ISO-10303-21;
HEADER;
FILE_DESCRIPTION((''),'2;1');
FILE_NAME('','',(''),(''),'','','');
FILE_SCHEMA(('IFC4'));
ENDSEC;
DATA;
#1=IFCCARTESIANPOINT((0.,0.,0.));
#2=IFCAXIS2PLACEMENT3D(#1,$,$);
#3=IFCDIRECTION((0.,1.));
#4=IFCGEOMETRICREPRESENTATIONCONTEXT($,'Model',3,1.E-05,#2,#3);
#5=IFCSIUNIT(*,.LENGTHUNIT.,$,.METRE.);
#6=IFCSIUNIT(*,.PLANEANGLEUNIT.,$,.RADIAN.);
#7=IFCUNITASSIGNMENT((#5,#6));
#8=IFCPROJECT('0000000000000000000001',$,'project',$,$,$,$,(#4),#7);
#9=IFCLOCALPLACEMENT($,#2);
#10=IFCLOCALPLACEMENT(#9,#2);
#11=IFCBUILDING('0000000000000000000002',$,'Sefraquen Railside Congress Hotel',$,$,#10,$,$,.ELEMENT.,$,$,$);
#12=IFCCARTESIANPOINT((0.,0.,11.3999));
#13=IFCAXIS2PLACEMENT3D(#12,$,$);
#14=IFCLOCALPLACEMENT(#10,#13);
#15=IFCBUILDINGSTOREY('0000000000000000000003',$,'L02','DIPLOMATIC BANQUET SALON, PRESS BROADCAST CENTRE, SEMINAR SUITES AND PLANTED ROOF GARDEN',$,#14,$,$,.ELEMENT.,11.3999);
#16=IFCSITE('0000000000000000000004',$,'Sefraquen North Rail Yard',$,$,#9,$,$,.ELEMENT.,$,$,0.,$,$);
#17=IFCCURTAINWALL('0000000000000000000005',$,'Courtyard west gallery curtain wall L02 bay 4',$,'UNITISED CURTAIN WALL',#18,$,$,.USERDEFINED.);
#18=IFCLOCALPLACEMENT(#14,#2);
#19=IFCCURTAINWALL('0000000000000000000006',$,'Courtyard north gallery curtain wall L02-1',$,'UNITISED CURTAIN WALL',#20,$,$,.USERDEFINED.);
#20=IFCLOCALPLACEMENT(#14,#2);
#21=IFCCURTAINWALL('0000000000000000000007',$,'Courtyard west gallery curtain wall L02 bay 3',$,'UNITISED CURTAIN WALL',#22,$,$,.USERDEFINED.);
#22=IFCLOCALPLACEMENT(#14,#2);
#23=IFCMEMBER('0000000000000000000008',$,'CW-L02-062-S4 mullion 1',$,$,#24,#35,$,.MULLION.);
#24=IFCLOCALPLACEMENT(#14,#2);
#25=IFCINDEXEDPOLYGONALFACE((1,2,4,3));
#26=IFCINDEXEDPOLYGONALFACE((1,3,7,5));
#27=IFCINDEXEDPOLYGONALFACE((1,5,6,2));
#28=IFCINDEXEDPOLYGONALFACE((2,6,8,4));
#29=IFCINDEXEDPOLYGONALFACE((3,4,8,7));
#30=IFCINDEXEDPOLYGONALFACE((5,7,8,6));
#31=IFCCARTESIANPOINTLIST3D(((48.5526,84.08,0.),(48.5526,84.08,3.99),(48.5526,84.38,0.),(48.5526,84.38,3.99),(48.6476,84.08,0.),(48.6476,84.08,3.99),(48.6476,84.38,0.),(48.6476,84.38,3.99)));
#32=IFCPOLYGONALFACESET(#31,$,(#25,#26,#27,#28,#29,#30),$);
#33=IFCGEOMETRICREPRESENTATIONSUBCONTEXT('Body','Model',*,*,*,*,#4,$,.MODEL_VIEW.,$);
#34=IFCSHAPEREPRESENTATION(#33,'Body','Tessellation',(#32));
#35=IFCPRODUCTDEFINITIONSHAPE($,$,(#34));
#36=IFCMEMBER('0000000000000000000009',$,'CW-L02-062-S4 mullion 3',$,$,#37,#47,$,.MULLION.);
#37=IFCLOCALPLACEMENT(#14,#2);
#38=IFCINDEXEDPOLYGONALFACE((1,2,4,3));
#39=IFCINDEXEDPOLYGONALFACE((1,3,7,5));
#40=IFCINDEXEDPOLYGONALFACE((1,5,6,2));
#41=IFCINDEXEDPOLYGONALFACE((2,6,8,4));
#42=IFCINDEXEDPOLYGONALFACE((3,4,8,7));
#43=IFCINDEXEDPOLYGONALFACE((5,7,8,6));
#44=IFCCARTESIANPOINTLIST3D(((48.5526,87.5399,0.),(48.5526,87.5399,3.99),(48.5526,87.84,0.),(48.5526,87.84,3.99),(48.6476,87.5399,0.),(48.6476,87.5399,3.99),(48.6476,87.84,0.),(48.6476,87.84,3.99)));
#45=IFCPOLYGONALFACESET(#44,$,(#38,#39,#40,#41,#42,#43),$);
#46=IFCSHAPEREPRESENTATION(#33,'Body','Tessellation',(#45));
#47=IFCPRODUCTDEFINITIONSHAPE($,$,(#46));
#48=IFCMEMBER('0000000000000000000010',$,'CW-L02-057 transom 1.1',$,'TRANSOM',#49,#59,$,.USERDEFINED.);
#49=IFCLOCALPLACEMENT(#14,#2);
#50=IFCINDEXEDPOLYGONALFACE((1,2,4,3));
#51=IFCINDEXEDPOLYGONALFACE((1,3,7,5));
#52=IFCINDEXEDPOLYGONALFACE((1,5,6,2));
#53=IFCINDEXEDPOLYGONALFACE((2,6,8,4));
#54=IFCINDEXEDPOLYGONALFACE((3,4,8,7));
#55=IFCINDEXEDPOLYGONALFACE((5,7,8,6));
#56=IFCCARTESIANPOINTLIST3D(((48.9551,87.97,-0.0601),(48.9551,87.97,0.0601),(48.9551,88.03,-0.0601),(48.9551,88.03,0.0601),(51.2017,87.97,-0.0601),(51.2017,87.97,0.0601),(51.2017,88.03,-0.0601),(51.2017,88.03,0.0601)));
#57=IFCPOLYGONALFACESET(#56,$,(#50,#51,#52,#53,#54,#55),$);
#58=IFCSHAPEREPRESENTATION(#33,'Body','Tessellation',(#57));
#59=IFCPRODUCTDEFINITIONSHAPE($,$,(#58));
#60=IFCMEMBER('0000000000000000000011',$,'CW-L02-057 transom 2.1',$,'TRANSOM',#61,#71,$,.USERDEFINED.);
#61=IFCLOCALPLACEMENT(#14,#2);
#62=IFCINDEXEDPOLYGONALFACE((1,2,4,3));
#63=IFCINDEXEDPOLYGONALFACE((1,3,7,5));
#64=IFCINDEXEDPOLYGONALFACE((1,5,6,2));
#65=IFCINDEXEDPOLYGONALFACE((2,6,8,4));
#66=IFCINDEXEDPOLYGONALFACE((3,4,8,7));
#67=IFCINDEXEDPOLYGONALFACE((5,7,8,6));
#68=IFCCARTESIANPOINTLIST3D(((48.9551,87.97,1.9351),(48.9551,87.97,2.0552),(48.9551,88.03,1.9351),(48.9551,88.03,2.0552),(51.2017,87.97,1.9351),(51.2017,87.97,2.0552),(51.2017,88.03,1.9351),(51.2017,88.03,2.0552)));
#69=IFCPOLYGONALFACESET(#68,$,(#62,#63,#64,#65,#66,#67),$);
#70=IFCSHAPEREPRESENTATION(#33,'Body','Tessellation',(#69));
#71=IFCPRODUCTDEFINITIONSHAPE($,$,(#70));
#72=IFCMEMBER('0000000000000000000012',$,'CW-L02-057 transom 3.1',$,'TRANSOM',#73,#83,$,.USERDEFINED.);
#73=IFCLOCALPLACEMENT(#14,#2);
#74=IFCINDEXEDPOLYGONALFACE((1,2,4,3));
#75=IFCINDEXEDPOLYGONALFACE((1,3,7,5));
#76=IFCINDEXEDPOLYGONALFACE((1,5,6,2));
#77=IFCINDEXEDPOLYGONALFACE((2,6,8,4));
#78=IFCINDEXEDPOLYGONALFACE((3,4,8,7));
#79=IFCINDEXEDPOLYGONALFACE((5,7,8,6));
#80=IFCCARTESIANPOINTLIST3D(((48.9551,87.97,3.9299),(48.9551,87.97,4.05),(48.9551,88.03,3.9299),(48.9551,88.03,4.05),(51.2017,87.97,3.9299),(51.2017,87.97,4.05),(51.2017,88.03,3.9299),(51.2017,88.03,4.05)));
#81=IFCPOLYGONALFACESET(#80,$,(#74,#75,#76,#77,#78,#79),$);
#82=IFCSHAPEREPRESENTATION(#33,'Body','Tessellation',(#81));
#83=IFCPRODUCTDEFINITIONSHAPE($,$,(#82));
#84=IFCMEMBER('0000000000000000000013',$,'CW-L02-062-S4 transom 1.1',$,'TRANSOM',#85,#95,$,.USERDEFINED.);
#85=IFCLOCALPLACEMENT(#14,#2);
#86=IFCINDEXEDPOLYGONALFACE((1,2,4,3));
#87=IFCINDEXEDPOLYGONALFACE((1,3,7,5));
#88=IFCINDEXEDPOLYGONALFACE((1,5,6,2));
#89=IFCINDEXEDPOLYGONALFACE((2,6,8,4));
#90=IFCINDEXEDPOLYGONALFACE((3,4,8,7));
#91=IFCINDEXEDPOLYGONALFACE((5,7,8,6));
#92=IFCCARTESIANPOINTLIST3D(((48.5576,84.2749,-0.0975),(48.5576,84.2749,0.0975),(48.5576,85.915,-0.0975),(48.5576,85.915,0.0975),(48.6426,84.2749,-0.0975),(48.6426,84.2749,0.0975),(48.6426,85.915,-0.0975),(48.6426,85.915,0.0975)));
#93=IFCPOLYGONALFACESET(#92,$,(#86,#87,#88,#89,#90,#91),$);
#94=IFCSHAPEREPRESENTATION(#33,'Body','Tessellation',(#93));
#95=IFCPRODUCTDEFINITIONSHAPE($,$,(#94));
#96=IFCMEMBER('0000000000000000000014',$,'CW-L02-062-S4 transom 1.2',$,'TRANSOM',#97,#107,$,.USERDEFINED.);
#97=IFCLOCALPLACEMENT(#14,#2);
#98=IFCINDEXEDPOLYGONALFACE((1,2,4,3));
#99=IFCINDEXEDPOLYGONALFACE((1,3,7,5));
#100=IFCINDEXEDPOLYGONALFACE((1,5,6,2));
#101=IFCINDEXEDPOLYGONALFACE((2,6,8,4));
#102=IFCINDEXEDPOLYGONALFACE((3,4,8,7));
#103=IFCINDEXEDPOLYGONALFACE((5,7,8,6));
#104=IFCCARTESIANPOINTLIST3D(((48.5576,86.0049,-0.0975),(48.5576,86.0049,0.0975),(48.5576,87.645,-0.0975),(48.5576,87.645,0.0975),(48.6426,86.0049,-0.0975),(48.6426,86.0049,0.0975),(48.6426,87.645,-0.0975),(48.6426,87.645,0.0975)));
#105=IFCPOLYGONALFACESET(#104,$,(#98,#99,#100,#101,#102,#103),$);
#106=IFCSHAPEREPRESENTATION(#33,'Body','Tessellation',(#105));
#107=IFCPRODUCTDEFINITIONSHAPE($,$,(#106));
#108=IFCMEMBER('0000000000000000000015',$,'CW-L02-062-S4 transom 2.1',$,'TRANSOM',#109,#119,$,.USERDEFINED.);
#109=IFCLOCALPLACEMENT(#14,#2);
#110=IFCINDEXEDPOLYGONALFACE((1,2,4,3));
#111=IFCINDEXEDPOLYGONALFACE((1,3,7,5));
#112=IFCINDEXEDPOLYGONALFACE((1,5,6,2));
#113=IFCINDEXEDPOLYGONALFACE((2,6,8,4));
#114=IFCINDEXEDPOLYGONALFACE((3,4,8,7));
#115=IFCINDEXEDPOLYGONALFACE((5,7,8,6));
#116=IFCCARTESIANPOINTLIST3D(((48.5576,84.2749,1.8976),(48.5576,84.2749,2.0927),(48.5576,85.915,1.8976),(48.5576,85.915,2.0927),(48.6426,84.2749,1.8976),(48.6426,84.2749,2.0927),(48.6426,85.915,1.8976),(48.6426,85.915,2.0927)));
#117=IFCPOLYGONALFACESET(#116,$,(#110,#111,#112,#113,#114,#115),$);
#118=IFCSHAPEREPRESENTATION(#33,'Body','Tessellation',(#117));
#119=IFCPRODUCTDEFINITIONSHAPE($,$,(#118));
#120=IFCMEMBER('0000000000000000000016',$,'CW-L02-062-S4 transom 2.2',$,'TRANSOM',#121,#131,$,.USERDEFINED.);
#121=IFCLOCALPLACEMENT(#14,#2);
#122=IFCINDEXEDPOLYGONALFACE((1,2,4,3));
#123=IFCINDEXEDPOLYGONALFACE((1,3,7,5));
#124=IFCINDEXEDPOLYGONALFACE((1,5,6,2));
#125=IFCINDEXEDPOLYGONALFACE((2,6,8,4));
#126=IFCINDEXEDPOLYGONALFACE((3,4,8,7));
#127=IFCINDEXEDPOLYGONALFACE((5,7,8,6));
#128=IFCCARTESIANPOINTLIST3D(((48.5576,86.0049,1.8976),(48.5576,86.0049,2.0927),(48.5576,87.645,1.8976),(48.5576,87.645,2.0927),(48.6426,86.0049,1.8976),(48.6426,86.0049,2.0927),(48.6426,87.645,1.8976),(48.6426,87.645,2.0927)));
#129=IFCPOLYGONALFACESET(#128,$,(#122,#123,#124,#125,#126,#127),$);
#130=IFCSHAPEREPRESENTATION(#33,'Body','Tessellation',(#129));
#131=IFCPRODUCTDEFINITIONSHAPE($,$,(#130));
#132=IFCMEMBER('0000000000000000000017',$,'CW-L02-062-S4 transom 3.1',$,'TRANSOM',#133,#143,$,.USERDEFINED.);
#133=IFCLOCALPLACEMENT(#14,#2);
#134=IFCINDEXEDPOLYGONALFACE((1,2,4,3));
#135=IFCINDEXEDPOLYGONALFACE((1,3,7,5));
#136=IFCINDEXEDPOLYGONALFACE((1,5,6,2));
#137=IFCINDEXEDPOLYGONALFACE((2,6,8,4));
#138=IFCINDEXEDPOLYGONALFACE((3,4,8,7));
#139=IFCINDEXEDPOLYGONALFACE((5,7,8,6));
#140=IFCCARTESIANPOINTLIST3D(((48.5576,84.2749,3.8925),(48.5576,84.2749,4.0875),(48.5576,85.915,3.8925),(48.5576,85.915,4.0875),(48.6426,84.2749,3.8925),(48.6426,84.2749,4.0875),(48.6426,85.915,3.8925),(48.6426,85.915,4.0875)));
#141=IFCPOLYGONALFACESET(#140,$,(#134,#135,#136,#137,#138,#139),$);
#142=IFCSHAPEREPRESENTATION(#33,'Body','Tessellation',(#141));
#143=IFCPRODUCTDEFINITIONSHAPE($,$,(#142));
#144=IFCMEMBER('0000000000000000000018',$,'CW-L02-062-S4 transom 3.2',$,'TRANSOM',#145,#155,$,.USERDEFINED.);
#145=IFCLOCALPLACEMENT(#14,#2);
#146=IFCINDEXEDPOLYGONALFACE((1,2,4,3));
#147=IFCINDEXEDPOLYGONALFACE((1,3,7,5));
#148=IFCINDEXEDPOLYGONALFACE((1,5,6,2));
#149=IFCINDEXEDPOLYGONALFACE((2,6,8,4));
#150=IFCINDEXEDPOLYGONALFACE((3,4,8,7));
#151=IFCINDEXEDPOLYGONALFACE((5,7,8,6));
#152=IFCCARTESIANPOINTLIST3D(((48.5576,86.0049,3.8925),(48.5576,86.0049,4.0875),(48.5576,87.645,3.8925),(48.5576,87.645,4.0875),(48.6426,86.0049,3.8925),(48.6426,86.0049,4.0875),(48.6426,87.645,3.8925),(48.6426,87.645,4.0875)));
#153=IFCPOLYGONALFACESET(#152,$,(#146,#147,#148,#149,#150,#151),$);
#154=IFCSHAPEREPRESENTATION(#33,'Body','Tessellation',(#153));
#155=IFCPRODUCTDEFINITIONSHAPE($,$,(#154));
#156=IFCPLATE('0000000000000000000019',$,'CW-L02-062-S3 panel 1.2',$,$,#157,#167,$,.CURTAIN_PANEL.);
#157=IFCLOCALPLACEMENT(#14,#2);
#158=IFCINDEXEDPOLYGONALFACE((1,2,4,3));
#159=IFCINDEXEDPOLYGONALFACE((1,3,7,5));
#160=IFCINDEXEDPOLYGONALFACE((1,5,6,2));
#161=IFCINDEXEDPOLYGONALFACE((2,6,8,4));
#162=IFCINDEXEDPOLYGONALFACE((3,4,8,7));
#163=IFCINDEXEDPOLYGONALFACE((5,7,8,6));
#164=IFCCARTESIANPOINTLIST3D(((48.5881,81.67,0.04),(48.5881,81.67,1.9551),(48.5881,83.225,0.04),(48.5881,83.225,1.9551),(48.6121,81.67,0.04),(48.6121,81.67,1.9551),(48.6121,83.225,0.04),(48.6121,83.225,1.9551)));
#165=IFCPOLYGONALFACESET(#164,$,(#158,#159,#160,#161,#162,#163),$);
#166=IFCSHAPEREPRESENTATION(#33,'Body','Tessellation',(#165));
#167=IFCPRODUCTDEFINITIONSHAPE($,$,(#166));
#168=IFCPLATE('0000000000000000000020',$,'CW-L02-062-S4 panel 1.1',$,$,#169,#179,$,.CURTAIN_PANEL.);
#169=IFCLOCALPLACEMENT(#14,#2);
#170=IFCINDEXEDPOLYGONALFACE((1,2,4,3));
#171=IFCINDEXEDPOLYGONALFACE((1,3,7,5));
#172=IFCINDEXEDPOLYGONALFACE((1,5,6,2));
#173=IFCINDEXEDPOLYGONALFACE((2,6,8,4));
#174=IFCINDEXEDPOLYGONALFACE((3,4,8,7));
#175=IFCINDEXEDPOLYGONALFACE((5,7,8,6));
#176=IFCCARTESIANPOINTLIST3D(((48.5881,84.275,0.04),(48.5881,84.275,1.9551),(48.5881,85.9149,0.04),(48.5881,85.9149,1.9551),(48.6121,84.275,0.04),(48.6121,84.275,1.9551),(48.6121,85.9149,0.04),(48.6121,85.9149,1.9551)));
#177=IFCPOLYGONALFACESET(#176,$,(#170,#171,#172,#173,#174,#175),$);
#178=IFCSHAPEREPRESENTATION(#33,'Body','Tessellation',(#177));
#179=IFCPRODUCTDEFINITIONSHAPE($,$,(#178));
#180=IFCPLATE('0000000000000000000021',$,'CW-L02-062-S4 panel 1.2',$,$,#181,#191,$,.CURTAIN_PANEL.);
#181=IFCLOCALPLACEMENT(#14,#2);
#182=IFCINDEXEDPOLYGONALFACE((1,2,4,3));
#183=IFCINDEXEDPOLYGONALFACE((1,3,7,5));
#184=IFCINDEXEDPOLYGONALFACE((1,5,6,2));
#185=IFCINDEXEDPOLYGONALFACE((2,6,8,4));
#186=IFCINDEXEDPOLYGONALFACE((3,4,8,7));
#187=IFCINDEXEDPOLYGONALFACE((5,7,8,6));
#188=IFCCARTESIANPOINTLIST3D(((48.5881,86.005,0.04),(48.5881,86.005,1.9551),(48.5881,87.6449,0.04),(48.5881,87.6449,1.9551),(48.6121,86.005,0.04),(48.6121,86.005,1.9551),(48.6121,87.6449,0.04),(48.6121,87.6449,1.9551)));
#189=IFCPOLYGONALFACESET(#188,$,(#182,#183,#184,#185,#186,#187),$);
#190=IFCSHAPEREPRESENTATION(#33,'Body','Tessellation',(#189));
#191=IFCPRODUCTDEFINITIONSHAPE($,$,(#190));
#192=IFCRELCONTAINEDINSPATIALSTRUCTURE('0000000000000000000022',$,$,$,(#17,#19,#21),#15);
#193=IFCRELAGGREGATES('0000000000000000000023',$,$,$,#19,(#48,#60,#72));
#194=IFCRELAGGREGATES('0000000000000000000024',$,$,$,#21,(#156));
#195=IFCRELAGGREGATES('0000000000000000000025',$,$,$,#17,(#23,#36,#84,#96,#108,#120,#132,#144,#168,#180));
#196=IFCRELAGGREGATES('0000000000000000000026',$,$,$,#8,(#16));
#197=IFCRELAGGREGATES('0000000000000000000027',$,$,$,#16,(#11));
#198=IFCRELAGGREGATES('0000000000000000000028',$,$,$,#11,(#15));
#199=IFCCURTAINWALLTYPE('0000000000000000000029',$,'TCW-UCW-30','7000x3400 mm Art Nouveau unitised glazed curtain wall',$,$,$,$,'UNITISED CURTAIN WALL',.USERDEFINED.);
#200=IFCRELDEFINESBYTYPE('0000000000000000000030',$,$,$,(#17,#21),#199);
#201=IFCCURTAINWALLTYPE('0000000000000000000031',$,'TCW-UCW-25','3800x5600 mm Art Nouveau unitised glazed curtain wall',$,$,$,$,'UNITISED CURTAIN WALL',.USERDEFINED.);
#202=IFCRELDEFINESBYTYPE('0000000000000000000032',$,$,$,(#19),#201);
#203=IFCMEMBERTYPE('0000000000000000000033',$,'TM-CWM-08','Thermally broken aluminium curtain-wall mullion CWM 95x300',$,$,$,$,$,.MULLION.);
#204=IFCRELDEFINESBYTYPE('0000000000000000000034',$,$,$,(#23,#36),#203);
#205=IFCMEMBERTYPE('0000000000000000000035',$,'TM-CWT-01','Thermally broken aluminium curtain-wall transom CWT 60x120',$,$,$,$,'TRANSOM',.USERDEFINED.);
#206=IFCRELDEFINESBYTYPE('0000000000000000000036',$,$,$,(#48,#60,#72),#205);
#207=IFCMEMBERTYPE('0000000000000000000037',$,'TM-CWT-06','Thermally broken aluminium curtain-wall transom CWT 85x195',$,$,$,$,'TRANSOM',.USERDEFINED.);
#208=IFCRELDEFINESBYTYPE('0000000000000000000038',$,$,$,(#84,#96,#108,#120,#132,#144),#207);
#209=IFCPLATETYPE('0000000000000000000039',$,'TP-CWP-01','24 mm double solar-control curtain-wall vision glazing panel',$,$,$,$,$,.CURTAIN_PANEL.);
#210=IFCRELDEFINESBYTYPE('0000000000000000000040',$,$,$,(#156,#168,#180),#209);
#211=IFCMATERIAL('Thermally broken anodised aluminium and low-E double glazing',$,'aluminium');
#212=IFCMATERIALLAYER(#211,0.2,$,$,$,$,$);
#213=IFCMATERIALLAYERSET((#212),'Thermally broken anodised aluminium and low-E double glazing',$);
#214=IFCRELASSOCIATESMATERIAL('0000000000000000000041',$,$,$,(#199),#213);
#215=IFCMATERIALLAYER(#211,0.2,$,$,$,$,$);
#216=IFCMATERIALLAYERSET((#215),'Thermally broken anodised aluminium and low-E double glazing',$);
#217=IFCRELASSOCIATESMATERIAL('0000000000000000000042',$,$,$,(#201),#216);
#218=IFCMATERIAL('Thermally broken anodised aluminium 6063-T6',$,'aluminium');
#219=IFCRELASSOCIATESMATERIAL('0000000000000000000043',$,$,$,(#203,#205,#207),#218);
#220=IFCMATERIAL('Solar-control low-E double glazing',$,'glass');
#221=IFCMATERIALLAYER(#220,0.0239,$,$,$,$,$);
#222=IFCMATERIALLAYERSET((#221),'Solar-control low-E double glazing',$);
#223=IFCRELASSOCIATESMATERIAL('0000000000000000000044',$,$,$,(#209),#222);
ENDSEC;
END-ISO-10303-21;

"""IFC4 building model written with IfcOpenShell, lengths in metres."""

from ifc_helpers import new_model, si_unit, direction, frame, origin, origin_2d, place, context, subcontext, project, spatial, rectangle, extrude, material, layer, layer_set, material_profile, profile_set, type_object, element, aggregate, save


model = new_model("IFC4")

# Units and contexts
model_context = context("Model", 3, precision=1e-05, world=origin(), true_north=direction((0.0, 1.0)))
body_context = subcontext(model_context, "Body", "Model", "MODEL_VIEW")
ifc_project = project(units=[si_unit("LENGTHUNIT", "METRE"), si_unit("PLANEANGLEUNIT", "RADIAN")], contexts=[model_context])

# Site, building, storey
site_placement = place(None, origin())
site = spatial("IfcSite", under=ifc_project, at=site_placement, Name="Sefraquen North Rail Yard", CompositionType="ELEMENT", RefElevation=0.0)
building_placement = place(site_placement, origin())
building = spatial("IfcBuilding", under=site, at=building_placement, Name="Sefraquen Railside Congress Hotel", CompositionType="ELEMENT")
storey_placement = place(building_placement, frame((0.0, 0.0, 11.3999)))
storey = spatial("IfcBuildingStorey", under=building, at=storey_placement, Name="L02", Description="DIPLOMATIC BANQUET SALON, PRESS BROADCAST CENTRE, SEMINAR SUITES AND PLANTED ROOF GARDEN", CompositionType="ELEMENT", Elevation=11.3999)

# Curtain walls
ifc_material_1 = material(Name="Thermally broken anodised aluminium and low-E double glazing", Category="aluminium")
ifc_layer_1 = layer(ifc_material_1, 0.2)
ifc_layer_set_1 = layer_set([ifc_layer_1], Name="Thermally broken anodised aluminium and low-E double glazing")
curtain_wall_type_1 = type_object("IfcCurtainWallType", Name="TCW-UCW-30", Description="7000x3400 mm Art Nouveau unitised glazed curtain wall", ElementType="UNITISED CURTAIN WALL", PredefinedType="USERDEFINED", material=ifc_layer_set_1)
curtain_wall_1_placement = place(storey_placement, origin())
curtain_wall_1 = element("IfcCurtainWall", 1, at=curtain_wall_1_placement, inside=storey, type_object=curtain_wall_type_1, Name="Courtyard west gallery curtain wall L02 bay 4", ObjectType="UNITISED CURTAIN WALL", PredefinedType="USERDEFINED")
ifc_material_2 = material(Name="Thermally broken anodised aluminium 6063-T6", Category="aluminium")
ifc_layer_2 = layer(ifc_material_1, 0.2)
ifc_layer_set_2 = layer_set([ifc_layer_2], Name="Thermally broken anodised aluminium and low-E double glazing")
curtain_wall_type_2 = type_object("IfcCurtainWallType", Name="TCW-UCW-25", Description="3800x5600 mm Art Nouveau unitised glazed curtain wall", ElementType="UNITISED CURTAIN WALL", PredefinedType="USERDEFINED", material=ifc_layer_set_2)
curtain_wall_2_placement = place(storey_placement, origin())
curtain_wall_2 = element("IfcCurtainWall", 2, at=curtain_wall_2_placement, inside=storey, type_object=curtain_wall_type_2, Name="Courtyard north gallery curtain wall L02-1", ObjectType="UNITISED CURTAIN WALL", PredefinedType="USERDEFINED")
ifc_material_profile_1 = material_profile(ifc_material_2, rectangle(XDim=0.095, YDim=0.3, at=origin_2d()), Name="CWM 95x300")
ifc_profile_set_1 = profile_set([ifc_material_profile_1], Name="Thermally broken anodised aluminium 6063-T6")
member_type_1 = type_object("IfcMemberType", Name="TM-CWM-08", Description="Thermally broken aluminium curtain-wall mullion CWM 95x300", PredefinedType="MULLION", material=ifc_profile_set_1)
curtain_wall_3_placement = place(storey_placement, origin())
curtain_wall_3 = element("IfcCurtainWall", 3, at=curtain_wall_3_placement, inside=storey, type_object=curtain_wall_type_1, Name="Courtyard west gallery curtain wall L02 bay 3", ObjectType="UNITISED CURTAIN WALL", PredefinedType="USERDEFINED")

# Members
member_1_placement = place(storey_placement, frame((48.6001, 84.23, 0.0), z_axis=(0.0, 0.0, 1.0), x_axis=(1.0, 0.0, 0.0)))
member_1 = element("IfcMember", 4, at=member_1_placement, type_object=member_type_1, Name="CW-L02-062-S4 mullion 1", PredefinedType="MULLION", context=body_context, shape_type="SweptSolid", body=[
    extrude(rectangle(XDim=0.095, YDim=0.3, at=origin_2d()), origin(), (0.0, 0.0, 1.0), 3.99),
])
member_2_placement = place(storey_placement, frame((48.6001, 87.6899, 0.0), z_axis=(0.0, 0.0, 1.0), x_axis=(1.0, 0.0, 0.0)))
member_2 = element("IfcMember", 5, at=member_2_placement, type_object=member_type_1, Name="CW-L02-062-S4 mullion 3", PredefinedType="MULLION", context=body_context, shape_type="SweptSolid", body=[
    extrude(rectangle(XDim=0.095, YDim=0.3, at=origin_2d()), origin(), (0.0, 0.0, 1.0), 3.99),
])
ifc_material_profile_2 = material_profile(ifc_material_2, rectangle(XDim=0.0601, YDim=0.1201, at=origin_2d()), Name="CWT 60x120")
ifc_profile_set_2 = profile_set([ifc_material_profile_2], Name="Thermally broken anodised aluminium 6063-T6")
member_type_2 = type_object("IfcMemberType", Name="TM-CWT-01", Description="Thermally broken aluminium curtain-wall transom CWT 60x120", ElementType="TRANSOM", PredefinedType="USERDEFINED", material=ifc_profile_set_2)
member_3_placement = place(storey_placement, frame((48.9551, 88.0, 0.0), z_axis=(1.0, 0.0, 0.0), x_axis=(0.0, 1.0, 0.0)))
member_3 = element("IfcMember", 6, at=member_3_placement, type_object=member_type_2, Name="CW-L02-057 transom 1.1", ObjectType="TRANSOM", PredefinedType="USERDEFINED", context=body_context, shape_type="SweptSolid", body=[
    extrude(rectangle(XDim=0.0601, YDim=0.1201, at=origin_2d()), origin(), (0.0, 0.0, 1.0), 2.2466),
])
member_4_placement = place(storey_placement, frame((48.9551, 88.0, 1.9951), z_axis=(1.0, 0.0, 0.0), x_axis=(0.0, 1.0, 0.0)))
member_4 = element("IfcMember", 7, at=member_4_placement, type_object=member_type_2, Name="CW-L02-057 transom 2.1", ObjectType="TRANSOM", PredefinedType="USERDEFINED", context=body_context, shape_type="SweptSolid", body=[
    extrude(rectangle(XDim=0.0601, YDim=0.1201, at=origin_2d()), origin(), (0.0, 0.0, 1.0), 2.2466),
])
member_5_placement = place(storey_placement, frame((48.9551, 88.0, 3.99), z_axis=(1.0, 0.0, 0.0), x_axis=(0.0, 1.0, 0.0)))
member_5 = element("IfcMember", 8, at=member_5_placement, type_object=member_type_2, Name="CW-L02-057 transom 3.1", ObjectType="TRANSOM", PredefinedType="USERDEFINED", context=body_context, shape_type="SweptSolid", body=[
    extrude(rectangle(XDim=0.0601, YDim=0.1201, at=origin_2d()), origin(), (0.0, 0.0, 1.0), 2.2466),
])
aggregate(curtain_wall_2, [member_3, member_4, member_5])
ifc_material_profile_3 = material_profile(ifc_material_2, rectangle(XDim=0.085, YDim=0.1951, at=origin_2d()), Name="CWT 85x195")
ifc_profile_set_3 = profile_set([ifc_material_profile_3], Name="Thermally broken anodised aluminium 6063-T6")
member_type_3 = type_object("IfcMemberType", Name="TM-CWT-06", Description="Thermally broken aluminium curtain-wall transom CWT 85x195", ElementType="TRANSOM", PredefinedType="USERDEFINED", material=ifc_profile_set_3)
member_6_placement = place(storey_placement, frame((48.6001, 84.2749, 0.0), z_axis=(0.0, 1.0, 0.0), x_axis=(-1.0, 0.0, 0.0)))
member_6 = element("IfcMember", 9, at=member_6_placement, type_object=member_type_3, Name="CW-L02-062-S4 transom 1.1", ObjectType="TRANSOM", PredefinedType="USERDEFINED", context=body_context, shape_type="SweptSolid", body=[
    extrude(rectangle(XDim=0.085, YDim=0.1951, at=origin_2d()), origin(), (0.0, 0.0, 1.0), 1.6401),
])
member_7_placement = place(storey_placement, frame((48.6001, 86.0049, 0.0), z_axis=(0.0, 1.0, 0.0), x_axis=(-1.0, 0.0, 0.0)))
member_7 = element("IfcMember", 10, at=member_7_placement, type_object=member_type_3, Name="CW-L02-062-S4 transom 1.2", ObjectType="TRANSOM", PredefinedType="USERDEFINED", context=body_context, shape_type="SweptSolid", body=[
    extrude(rectangle(XDim=0.085, YDim=0.1951, at=origin_2d()), origin(), (0.0, 0.0, 1.0), 1.6401),
])
member_8_placement = place(storey_placement, frame((48.6001, 84.2749, 1.9951), z_axis=(0.0, 1.0, 0.0), x_axis=(-1.0, 0.0, 0.0)))
member_8 = element("IfcMember", 11, at=member_8_placement, type_object=member_type_3, Name="CW-L02-062-S4 transom 2.1", ObjectType="TRANSOM", PredefinedType="USERDEFINED", context=body_context, shape_type="SweptSolid", body=[
    extrude(rectangle(XDim=0.085, YDim=0.1951, at=origin_2d()), origin(), (0.0, 0.0, 1.0), 1.6401),
])
member_9_placement = place(storey_placement, frame((48.6001, 86.0049, 1.9951), z_axis=(0.0, 1.0, 0.0), x_axis=(-1.0, 0.0, 0.0)))
member_9 = element("IfcMember", 12, at=member_9_placement, type_object=member_type_3, Name="CW-L02-062-S4 transom 2.2", ObjectType="TRANSOM", PredefinedType="USERDEFINED", context=body_context, shape_type="SweptSolid", body=[
    extrude(rectangle(XDim=0.085, YDim=0.1951, at=origin_2d()), origin(), (0.0, 0.0, 1.0), 1.6401),
])
member_10_placement = place(storey_placement, frame((48.6001, 84.2749, 3.99), z_axis=(0.0, 1.0, 0.0), x_axis=(-1.0, 0.0, 0.0)))
member_10 = element("IfcMember", 13, at=member_10_placement, type_object=member_type_3, Name="CW-L02-062-S4 transom 3.1", ObjectType="TRANSOM", PredefinedType="USERDEFINED", context=body_context, shape_type="SweptSolid", body=[
    extrude(rectangle(XDim=0.085, YDim=0.1951, at=origin_2d()), origin(), (0.0, 0.0, 1.0), 1.6401),
])
member_11_placement = place(storey_placement, frame((48.6001, 86.0049, 3.99), z_axis=(0.0, 1.0, 0.0), x_axis=(-1.0, 0.0, 0.0)))
member_11 = element("IfcMember", 14, at=member_11_placement, type_object=member_type_3, Name="CW-L02-062-S4 transom 3.2", ObjectType="TRANSOM", PredefinedType="USERDEFINED", context=body_context, shape_type="SweptSolid", body=[
    extrude(rectangle(XDim=0.085, YDim=0.1951, at=origin_2d()), origin(), (0.0, 0.0, 1.0), 1.6401),
])

# Plates
ifc_material_3 = material(Name="Solar-control low-E double glazing", Category="glass")
ifc_layer_3 = layer(ifc_material_3, 0.0239)
ifc_layer_set_3 = layer_set([ifc_layer_3], Name="Solar-control low-E double glazing")
plate_type_1 = type_object("IfcPlateType", Name="TP-CWP-01", Description="24 mm double solar-control curtain-wall vision glazing panel", PredefinedType="CURTAIN_PANEL", material=ifc_layer_set_3)
plate_1_placement = place(storey_placement, frame((48.6001, 82.4475, 0.04), z_axis=(0.0, 0.0, 1.0), x_axis=(0.0, 1.0, 0.0)))
plate_1 = element("IfcPlate", 15, at=plate_1_placement, type_object=plate_type_1, Name="CW-L02-062-S3 panel 1.2", PredefinedType="CURTAIN_PANEL", context=body_context, shape_type="SweptSolid", body=[
    extrude(rectangle(XDim=1.5549, YDim=0.0239, at=origin_2d()), origin(), (0.0, 0.0, 1.0), 1.915),
])
plate_2_placement = place(storey_placement, frame((48.6001, 85.095, 0.04), z_axis=(0.0, 0.0, 1.0), x_axis=(0.0, 1.0, 0.0)))
plate_2 = element("IfcPlate", 16, at=plate_2_placement, type_object=plate_type_1, Name="CW-L02-062-S4 panel 1.1", PredefinedType="CURTAIN_PANEL", context=body_context, shape_type="SweptSolid", body=[
    extrude(rectangle(XDim=1.6399, YDim=0.0239, at=origin_2d()), origin(), (0.0, 0.0, 1.0), 1.915),
])
plate_3_placement = place(storey_placement, frame((48.6001, 86.825, 0.04), z_axis=(0.0, 0.0, 1.0), x_axis=(0.0, 1.0, 0.0)))
plate_3 = element("IfcPlate", 17, at=plate_3_placement, type_object=plate_type_1, Name="CW-L02-062-S4 panel 1.2", PredefinedType="CURTAIN_PANEL", context=body_context, shape_type="SweptSolid", body=[
    extrude(rectangle(XDim=1.6399, YDim=0.0239, at=origin_2d()), origin(), (0.0, 0.0, 1.0), 1.915),
])
aggregate(curtain_wall_3, [plate_1])
aggregate(curtain_wall_1, [member_1, member_2, member_6, member_7, member_8, member_9, member_10, member_11, plate_2, plate_3])

save(model, "model.ifc")
